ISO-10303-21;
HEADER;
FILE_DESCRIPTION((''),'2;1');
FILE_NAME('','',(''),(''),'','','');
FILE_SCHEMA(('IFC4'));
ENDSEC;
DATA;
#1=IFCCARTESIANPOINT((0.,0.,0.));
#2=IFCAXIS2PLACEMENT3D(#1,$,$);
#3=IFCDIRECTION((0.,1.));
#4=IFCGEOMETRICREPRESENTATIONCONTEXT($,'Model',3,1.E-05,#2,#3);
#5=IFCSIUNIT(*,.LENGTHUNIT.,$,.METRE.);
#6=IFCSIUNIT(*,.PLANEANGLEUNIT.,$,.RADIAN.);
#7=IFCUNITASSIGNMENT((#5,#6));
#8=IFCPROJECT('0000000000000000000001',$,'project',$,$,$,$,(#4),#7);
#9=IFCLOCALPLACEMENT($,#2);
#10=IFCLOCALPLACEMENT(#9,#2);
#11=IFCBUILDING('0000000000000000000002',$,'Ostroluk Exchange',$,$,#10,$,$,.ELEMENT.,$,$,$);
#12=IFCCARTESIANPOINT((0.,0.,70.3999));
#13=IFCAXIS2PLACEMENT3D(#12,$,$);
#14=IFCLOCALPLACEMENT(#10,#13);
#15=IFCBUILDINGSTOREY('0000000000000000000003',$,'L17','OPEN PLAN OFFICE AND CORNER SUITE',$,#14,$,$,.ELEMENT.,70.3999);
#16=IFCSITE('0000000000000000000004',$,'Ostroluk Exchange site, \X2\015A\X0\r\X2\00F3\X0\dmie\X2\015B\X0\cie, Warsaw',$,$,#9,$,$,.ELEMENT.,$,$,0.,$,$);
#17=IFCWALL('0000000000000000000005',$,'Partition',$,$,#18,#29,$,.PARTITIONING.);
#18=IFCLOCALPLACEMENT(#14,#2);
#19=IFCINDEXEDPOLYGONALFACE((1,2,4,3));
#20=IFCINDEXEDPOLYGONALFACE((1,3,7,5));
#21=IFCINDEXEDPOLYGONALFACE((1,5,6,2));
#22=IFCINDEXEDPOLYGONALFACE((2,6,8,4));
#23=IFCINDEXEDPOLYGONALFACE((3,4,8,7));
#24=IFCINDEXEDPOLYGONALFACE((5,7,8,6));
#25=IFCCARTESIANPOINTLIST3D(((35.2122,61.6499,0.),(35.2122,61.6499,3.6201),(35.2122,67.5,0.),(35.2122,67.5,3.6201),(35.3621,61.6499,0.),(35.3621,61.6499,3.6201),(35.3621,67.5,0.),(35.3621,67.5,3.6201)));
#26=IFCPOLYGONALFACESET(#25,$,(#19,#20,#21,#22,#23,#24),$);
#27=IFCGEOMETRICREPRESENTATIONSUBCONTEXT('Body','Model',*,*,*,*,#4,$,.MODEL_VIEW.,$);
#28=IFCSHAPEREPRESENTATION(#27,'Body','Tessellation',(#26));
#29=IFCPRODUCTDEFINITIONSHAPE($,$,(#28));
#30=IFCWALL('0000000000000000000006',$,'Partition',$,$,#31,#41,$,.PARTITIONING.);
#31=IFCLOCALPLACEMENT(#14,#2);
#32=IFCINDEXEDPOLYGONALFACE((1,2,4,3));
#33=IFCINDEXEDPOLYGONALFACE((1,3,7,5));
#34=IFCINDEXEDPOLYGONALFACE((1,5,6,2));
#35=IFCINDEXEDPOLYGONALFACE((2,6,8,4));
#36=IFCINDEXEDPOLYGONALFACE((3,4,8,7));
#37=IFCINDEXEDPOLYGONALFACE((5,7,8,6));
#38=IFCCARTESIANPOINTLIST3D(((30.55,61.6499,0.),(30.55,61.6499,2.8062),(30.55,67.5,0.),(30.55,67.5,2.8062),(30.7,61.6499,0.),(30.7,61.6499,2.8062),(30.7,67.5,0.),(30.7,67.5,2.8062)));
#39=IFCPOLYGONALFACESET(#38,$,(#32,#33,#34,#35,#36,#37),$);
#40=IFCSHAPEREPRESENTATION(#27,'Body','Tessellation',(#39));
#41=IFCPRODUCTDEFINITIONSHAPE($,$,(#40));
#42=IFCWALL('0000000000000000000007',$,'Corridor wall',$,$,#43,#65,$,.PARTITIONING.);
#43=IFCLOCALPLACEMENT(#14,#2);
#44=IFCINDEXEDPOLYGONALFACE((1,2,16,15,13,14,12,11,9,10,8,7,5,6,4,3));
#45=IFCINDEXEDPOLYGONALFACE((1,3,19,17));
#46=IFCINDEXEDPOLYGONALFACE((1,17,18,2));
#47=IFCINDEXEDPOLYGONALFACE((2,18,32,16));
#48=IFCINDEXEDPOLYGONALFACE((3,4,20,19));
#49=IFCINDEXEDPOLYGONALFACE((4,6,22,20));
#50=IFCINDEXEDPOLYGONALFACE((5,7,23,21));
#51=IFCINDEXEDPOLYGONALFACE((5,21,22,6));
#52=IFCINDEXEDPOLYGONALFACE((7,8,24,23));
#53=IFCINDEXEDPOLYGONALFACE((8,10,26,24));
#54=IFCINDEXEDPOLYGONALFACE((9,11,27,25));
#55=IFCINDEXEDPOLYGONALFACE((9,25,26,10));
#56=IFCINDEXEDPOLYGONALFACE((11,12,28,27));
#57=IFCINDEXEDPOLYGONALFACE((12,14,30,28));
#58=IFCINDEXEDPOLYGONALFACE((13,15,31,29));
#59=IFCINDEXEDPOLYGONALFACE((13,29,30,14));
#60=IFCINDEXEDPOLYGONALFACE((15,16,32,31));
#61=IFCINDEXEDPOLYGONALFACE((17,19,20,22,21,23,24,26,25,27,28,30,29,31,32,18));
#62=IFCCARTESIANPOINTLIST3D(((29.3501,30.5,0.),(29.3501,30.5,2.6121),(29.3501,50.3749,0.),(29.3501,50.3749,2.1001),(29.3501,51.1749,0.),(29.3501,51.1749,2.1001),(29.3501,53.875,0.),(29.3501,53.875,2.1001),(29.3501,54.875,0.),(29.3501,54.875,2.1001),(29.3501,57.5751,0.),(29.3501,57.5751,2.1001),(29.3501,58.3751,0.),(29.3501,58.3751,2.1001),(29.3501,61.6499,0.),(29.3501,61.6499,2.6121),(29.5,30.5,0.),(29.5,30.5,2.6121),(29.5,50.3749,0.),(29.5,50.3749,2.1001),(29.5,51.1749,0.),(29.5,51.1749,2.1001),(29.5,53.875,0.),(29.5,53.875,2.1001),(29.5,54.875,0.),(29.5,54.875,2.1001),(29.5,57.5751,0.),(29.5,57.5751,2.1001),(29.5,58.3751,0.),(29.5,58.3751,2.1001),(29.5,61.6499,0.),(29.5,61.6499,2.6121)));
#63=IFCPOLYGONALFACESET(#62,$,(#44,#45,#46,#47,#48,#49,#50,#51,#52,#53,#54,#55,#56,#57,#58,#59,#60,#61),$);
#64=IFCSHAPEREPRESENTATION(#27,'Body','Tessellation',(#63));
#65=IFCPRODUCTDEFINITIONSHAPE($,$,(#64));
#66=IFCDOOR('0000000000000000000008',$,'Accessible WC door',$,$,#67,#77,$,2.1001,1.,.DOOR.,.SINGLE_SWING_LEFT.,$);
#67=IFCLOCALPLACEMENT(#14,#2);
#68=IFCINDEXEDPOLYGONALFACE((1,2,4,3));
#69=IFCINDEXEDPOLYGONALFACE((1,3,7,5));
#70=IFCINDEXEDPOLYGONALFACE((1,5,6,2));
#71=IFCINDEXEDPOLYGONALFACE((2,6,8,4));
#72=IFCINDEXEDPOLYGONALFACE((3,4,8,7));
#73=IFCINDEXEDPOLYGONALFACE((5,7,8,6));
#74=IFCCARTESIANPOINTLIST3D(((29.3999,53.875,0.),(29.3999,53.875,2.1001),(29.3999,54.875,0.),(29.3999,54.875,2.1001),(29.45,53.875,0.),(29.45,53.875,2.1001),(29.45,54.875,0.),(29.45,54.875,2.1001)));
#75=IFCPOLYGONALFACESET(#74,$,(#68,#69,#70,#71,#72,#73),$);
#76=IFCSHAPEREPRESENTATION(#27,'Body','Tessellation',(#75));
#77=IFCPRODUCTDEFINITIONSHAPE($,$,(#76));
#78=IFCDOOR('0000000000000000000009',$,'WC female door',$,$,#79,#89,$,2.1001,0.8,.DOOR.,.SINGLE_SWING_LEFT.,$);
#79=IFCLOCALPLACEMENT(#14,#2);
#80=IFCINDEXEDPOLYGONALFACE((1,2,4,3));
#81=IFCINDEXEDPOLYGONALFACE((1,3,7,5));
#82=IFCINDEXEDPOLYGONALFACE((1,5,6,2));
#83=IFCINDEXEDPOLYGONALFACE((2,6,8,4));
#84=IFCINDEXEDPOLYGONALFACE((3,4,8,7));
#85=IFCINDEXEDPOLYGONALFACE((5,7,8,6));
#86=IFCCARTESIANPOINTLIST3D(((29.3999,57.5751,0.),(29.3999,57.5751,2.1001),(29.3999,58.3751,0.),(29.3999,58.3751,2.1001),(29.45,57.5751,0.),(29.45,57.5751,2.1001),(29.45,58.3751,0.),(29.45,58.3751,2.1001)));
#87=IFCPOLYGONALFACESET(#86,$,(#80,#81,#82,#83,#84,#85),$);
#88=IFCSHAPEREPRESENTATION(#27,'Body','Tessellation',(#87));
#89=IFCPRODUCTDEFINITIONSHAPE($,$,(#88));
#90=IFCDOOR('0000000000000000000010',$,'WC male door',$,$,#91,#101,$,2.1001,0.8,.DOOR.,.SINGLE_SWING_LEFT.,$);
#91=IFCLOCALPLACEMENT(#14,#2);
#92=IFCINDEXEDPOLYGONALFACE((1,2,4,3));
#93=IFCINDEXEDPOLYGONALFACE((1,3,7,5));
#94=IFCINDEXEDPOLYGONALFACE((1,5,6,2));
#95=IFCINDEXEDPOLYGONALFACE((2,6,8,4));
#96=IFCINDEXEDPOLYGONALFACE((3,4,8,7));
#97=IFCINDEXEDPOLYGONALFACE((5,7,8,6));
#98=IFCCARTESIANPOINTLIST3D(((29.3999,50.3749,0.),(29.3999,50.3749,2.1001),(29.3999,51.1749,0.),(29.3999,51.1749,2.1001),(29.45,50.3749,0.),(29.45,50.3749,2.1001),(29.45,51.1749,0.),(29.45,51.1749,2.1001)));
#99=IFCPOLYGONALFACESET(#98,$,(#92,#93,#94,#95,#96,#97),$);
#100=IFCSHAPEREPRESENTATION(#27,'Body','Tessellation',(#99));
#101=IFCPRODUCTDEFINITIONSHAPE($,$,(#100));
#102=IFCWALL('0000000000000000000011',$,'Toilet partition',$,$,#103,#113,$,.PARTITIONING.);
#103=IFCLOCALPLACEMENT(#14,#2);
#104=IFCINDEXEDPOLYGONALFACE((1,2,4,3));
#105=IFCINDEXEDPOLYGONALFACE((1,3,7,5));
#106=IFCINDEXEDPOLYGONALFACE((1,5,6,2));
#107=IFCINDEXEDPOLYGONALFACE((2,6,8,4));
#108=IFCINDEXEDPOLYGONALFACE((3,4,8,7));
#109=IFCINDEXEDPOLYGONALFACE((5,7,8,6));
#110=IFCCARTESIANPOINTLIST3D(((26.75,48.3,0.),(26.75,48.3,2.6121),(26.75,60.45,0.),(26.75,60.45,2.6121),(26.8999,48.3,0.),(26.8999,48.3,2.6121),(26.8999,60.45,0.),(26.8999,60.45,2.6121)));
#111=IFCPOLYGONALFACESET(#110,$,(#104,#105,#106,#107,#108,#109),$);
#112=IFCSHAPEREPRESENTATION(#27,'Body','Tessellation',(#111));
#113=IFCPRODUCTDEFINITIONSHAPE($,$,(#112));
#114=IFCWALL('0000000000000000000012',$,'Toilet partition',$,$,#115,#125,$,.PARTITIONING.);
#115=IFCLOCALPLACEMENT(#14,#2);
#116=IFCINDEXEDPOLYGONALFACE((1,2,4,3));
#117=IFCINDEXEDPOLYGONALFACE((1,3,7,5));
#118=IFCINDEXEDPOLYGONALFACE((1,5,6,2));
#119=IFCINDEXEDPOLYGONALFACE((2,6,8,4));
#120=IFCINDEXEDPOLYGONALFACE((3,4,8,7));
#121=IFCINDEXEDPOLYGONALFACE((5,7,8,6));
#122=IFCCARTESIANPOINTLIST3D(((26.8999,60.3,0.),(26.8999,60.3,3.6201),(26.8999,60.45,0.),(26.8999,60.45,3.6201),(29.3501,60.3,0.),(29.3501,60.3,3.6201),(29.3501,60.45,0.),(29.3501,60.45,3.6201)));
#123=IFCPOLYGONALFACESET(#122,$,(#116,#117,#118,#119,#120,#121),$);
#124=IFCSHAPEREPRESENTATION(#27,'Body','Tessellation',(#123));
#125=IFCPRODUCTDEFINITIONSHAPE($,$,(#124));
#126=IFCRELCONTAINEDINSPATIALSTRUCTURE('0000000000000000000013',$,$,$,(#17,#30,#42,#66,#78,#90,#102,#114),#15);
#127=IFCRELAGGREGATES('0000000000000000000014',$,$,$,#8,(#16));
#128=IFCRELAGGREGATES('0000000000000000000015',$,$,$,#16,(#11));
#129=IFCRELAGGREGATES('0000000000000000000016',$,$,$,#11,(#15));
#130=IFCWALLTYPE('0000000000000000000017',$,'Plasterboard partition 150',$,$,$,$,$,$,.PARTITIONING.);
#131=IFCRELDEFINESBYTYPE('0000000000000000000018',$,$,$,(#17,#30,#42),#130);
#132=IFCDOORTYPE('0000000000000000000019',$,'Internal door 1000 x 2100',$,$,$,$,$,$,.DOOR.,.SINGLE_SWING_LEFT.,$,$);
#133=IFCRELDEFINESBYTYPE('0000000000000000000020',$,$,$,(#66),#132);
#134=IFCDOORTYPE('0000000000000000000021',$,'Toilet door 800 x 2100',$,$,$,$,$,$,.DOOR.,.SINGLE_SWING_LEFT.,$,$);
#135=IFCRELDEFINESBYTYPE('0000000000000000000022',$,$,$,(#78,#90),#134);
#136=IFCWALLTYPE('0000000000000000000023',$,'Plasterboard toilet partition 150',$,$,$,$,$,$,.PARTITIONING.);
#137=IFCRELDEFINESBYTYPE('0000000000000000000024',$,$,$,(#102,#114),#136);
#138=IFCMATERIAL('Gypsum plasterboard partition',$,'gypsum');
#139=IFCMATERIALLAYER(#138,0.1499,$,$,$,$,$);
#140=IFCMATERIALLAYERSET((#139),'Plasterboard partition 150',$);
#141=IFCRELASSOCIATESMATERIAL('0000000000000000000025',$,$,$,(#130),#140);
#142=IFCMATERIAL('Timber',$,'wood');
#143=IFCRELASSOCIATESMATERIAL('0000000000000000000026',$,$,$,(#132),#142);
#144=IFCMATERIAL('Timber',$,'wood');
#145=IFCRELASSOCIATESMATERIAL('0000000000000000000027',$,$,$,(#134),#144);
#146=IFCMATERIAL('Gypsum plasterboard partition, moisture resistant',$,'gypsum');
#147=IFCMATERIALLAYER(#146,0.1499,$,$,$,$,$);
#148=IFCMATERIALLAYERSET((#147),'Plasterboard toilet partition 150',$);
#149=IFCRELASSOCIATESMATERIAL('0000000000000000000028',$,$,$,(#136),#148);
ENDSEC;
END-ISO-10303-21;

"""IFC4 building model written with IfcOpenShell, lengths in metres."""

from ifc_helpers import new_model, si_unit, direction, frame, frame_2d, origin, place, context, subcontext, project, spatial, rectangle, extrude, material, layer, layer_set, type_object, element, fill, save


model = new_model("IFC4")

# Units and contexts
model_context = context("Model", 3, precision=1e-05, world=origin(), true_north=direction((0.0, 1.0)))
body_context = subcontext(model_context, "Body", "Model", "MODEL_VIEW")
ifc_project = project(units=[si_unit("LENGTHUNIT", "METRE"), si_unit("PLANEANGLEUNIT", "RADIAN")], contexts=[model_context])

# Site, building, storey
site_placement = place(None, origin())
site = spatial("IfcSite", under=ifc_project, at=site_placement, Name="Ostroluk Exchange site, Śródmieście, Warsaw", CompositionType="ELEMENT", RefElevation=0.0)
building_placement = place(site_placement, origin())
building = spatial("IfcBuilding", under=site, at=building_placement, Name="Ostroluk Exchange", CompositionType="ELEMENT")
storey_placement = place(building_placement, frame((0.0, 0.0, 70.3999)))
storey = spatial("IfcBuildingStorey", under=building, at=storey_placement, Name="L17", Description="OPEN PLAN OFFICE AND CORNER SUITE", CompositionType="ELEMENT", Elevation=70.3999)

# Walls
ifc_material_1 = material(Name="Gypsum plasterboard partition", Category="gypsum")
ifc_layer_1 = layer(ifc_material_1, 0.1499)
ifc_layer_set_1 = layer_set([ifc_layer_1], Name="Plasterboard partition 150")
wall_type_1 = type_object("IfcWallType", Name="Plasterboard partition 150", PredefinedType="PARTITIONING", material=ifc_layer_set_1)
wall_1_placement = place(storey_placement, frame((35.2871, 61.6499, 0.0), z_axis=(0.0, 0.0, 1.0), x_axis=(0.0, 1.0, 0.0)))
element("IfcWall", 1, at=wall_1_placement, inside=storey, type_object=wall_type_1, Name="Partition", PredefinedType="PARTITIONING", context=body_context, shape_type="SweptSolid", body=[
    extrude(rectangle(XDim=5.8501, YDim=0.1499, at=frame_2d((2.925, 0.0))), origin(), (0.0, 0.0, 1.0), 3.6201),
])
wall_2_placement = place(storey_placement, frame((30.625, 61.6499, 0.0), z_axis=(0.0, 0.0, 1.0), x_axis=(0.0, 1.0, 0.0)))
element("IfcWall", 2, at=wall_2_placement, inside=storey, type_object=wall_type_1, Name="Partition", PredefinedType="PARTITIONING", context=body_context, shape_type="SweptSolid", body=[
    extrude(rectangle(XDim=5.8501, YDim=0.1499, at=frame_2d((2.925, 0.0))), origin(), (0.0, 0.0, 1.0), 2.8062),
])

# Wall, openings, doors
wall_3_placement = place(storey_placement, frame((29.425, 61.6499, 0.0), z_axis=(0.0, 0.0, 1.0), x_axis=(0.0, -1.0, 0.0)))
wall_3 = element("IfcWall", 3, at=wall_3_placement, inside=storey, type_object=wall_type_1, Name="Corridor wall", PredefinedType="PARTITIONING", context=body_context, shape_type="SweptSolid", body=[
    extrude(rectangle(XDim=31.1499, YDim=0.1499, at=frame_2d((15.575, 0.0))), origin(), (0.0, 0.0, 1.0), 2.6121),
])
opening_1_placement = place(wall_3_placement, frame((3.2749, 0.0, 0.0)))
opening_1 = element("IfcOpeningElement", 4, at=opening_1_placement, cuts=wall_3, PredefinedType="OPENING", context=body_context, shape_type="SweptSolid", body=[
    extrude(rectangle(XDim=0.8, YDim=2.1001, at=frame_2d((0.3999, 1.05))), frame((0.0, 0.085, 0.0), z_axis=(0.0, -1.0, 0.0), x_axis=(1.0, 0.0, 0.0)), (0.0, 0.0, 1.0), 0.1699),
])
opening_2_placement = place(wall_3_placement, frame((6.7749, 0.0, 0.0)))
opening_2 = element("IfcOpeningElement", 5, at=opening_2_placement, cuts=wall_3, PredefinedType="OPENING", context=body_context, shape_type="SweptSolid", body=[
    extrude(rectangle(XDim=1.0, YDim=2.1001, at=frame_2d((0.5, 1.05))), frame((0.0, 0.085, 0.0), z_axis=(0.0, -1.0, 0.0), x_axis=(1.0, 0.0, 0.0)), (0.0, 0.0, 1.0), 0.1699),
])
opening_3_placement = place(wall_3_placement, frame((10.4751, 0.0, 0.0)))
opening_3 = element("IfcOpeningElement", 6, at=opening_3_placement, cuts=wall_3, PredefinedType="OPENING", context=body_context, shape_type="SweptSolid", body=[
    extrude(rectangle(XDim=0.8, YDim=2.1001, at=frame_2d((0.3999, 1.05))), frame((0.0, 0.085, 0.0), z_axis=(0.0, -1.0, 0.0), x_axis=(1.0, 0.0, 0.0)), (0.0, 0.0, 1.0), 0.1699),
])
ifc_material_2 = material(Name="Timber", Category="wood")
door_type_1 = type_object("IfcDoorType", Name="Internal door 1000 x 2100", OperationType="SINGLE_SWING_LEFT", PredefinedType="DOOR", material=ifc_material_2)
door_1_placement = place(opening_2_placement, origin())
door_1 = element("IfcDoor", 7, at=door_1_placement, inside=storey, type_object=door_type_1, Name="Accessible WC door", OperationType="SINGLE_SWING_LEFT", OverallHeight=2.1001, OverallWidth=1.0, PredefinedType="DOOR", context=body_context, shape_type="SweptSolid", body=[
    extrude(rectangle(XDim=1.0, YDim=2.1001, at=frame_2d((0.5, 1.05))), frame((0.0, 0.0249, 0.0), z_axis=(0.0, -1.0, 0.0), x_axis=(1.0, 0.0, 0.0)), (0.0, 0.0, 1.0), 0.05),
])
fill(opening_2, door_1)
ifc_material_3 = material(Name="Timber", Category="wood")
door_type_2 = type_object("IfcDoorType", Name="Toilet door 800 x 2100", OperationType="SINGLE_SWING_LEFT", PredefinedType="DOOR", material=ifc_material_3)
door_2_placement = place(opening_1_placement, origin())
door_2 = element("IfcDoor", 8, at=door_2_placement, inside=storey, type_object=door_type_2, Name="WC female door", OperationType="SINGLE_SWING_LEFT", OverallHeight=2.1001, OverallWidth=0.8, PredefinedType="DOOR", context=body_context, shape_type="SweptSolid", body=[
    extrude(rectangle(XDim=0.8, YDim=2.1001, at=frame_2d((0.3999, 1.05))), frame((0.0, 0.0249, 0.0), z_axis=(0.0, -1.0, 0.0), x_axis=(1.0, 0.0, 0.0)), (0.0, 0.0, 1.0), 0.05),
])
fill(opening_1, door_2)
door_3_placement = place(opening_3_placement, origin())
door_3 = element("IfcDoor", 9, at=door_3_placement, inside=storey, type_object=door_type_2, Name="WC male door", OperationType="SINGLE_SWING_LEFT", OverallHeight=2.1001, OverallWidth=0.8, PredefinedType="DOOR", context=body_context, shape_type="SweptSolid", body=[
    extrude(rectangle(XDim=0.8, YDim=2.1001, at=frame_2d((0.3999, 1.05))), frame((0.0, 0.0249, 0.0), z_axis=(0.0, -1.0, 0.0), x_axis=(1.0, 0.0, 0.0)), (0.0, 0.0, 1.0), 0.05),
])
fill(opening_3, door_3)

# Walls
ifc_material_4 = material(Name="Gypsum plasterboard partition, moisture resistant", Category="gypsum")
ifc_layer_2 = layer(ifc_material_4, 0.1499)
ifc_layer_set_2 = layer_set([ifc_layer_2], Name="Plasterboard toilet partition 150")
wall_type_2 = type_object("IfcWallType", Name="Plasterboard toilet partition 150", PredefinedType="PARTITIONING", material=ifc_layer_set_2)
wall_4_placement = place(storey_placement, frame((26.825, 60.45, 0.0), z_axis=(0.0, 0.0, 1.0), x_axis=(0.0, -1.0, 0.0)))
element("IfcWall", 10, at=wall_4_placement, inside=storey, type_object=wall_type_2, Name="Toilet partition", PredefinedType="PARTITIONING", context=body_context, shape_type="SweptSolid", body=[
    extrude(rectangle(XDim=12.1499, YDim=0.1499, at=frame_2d((6.075, 0.0))), origin(), (0.0, 0.0, 1.0), 2.6121),
])
wall_5_placement = place(storey_placement, frame((29.3501, 60.375, 0.0), z_axis=(0.0, 0.0, 1.0), x_axis=(-1.0, 0.0, 0.0)))
element("IfcWall", 11, at=wall_5_placement, inside=storey, type_object=wall_type_2, Name="Toilet partition", PredefinedType="PARTITIONING", context=body_context, shape_type="SweptSolid", body=[
    extrude(rectangle(XDim=2.4502, YDim=0.1499, at=frame_2d((1.2251, 0.0))), origin(), (0.0, 0.0, 1.0), 3.6201),
])

save(model, "model.ifc")
